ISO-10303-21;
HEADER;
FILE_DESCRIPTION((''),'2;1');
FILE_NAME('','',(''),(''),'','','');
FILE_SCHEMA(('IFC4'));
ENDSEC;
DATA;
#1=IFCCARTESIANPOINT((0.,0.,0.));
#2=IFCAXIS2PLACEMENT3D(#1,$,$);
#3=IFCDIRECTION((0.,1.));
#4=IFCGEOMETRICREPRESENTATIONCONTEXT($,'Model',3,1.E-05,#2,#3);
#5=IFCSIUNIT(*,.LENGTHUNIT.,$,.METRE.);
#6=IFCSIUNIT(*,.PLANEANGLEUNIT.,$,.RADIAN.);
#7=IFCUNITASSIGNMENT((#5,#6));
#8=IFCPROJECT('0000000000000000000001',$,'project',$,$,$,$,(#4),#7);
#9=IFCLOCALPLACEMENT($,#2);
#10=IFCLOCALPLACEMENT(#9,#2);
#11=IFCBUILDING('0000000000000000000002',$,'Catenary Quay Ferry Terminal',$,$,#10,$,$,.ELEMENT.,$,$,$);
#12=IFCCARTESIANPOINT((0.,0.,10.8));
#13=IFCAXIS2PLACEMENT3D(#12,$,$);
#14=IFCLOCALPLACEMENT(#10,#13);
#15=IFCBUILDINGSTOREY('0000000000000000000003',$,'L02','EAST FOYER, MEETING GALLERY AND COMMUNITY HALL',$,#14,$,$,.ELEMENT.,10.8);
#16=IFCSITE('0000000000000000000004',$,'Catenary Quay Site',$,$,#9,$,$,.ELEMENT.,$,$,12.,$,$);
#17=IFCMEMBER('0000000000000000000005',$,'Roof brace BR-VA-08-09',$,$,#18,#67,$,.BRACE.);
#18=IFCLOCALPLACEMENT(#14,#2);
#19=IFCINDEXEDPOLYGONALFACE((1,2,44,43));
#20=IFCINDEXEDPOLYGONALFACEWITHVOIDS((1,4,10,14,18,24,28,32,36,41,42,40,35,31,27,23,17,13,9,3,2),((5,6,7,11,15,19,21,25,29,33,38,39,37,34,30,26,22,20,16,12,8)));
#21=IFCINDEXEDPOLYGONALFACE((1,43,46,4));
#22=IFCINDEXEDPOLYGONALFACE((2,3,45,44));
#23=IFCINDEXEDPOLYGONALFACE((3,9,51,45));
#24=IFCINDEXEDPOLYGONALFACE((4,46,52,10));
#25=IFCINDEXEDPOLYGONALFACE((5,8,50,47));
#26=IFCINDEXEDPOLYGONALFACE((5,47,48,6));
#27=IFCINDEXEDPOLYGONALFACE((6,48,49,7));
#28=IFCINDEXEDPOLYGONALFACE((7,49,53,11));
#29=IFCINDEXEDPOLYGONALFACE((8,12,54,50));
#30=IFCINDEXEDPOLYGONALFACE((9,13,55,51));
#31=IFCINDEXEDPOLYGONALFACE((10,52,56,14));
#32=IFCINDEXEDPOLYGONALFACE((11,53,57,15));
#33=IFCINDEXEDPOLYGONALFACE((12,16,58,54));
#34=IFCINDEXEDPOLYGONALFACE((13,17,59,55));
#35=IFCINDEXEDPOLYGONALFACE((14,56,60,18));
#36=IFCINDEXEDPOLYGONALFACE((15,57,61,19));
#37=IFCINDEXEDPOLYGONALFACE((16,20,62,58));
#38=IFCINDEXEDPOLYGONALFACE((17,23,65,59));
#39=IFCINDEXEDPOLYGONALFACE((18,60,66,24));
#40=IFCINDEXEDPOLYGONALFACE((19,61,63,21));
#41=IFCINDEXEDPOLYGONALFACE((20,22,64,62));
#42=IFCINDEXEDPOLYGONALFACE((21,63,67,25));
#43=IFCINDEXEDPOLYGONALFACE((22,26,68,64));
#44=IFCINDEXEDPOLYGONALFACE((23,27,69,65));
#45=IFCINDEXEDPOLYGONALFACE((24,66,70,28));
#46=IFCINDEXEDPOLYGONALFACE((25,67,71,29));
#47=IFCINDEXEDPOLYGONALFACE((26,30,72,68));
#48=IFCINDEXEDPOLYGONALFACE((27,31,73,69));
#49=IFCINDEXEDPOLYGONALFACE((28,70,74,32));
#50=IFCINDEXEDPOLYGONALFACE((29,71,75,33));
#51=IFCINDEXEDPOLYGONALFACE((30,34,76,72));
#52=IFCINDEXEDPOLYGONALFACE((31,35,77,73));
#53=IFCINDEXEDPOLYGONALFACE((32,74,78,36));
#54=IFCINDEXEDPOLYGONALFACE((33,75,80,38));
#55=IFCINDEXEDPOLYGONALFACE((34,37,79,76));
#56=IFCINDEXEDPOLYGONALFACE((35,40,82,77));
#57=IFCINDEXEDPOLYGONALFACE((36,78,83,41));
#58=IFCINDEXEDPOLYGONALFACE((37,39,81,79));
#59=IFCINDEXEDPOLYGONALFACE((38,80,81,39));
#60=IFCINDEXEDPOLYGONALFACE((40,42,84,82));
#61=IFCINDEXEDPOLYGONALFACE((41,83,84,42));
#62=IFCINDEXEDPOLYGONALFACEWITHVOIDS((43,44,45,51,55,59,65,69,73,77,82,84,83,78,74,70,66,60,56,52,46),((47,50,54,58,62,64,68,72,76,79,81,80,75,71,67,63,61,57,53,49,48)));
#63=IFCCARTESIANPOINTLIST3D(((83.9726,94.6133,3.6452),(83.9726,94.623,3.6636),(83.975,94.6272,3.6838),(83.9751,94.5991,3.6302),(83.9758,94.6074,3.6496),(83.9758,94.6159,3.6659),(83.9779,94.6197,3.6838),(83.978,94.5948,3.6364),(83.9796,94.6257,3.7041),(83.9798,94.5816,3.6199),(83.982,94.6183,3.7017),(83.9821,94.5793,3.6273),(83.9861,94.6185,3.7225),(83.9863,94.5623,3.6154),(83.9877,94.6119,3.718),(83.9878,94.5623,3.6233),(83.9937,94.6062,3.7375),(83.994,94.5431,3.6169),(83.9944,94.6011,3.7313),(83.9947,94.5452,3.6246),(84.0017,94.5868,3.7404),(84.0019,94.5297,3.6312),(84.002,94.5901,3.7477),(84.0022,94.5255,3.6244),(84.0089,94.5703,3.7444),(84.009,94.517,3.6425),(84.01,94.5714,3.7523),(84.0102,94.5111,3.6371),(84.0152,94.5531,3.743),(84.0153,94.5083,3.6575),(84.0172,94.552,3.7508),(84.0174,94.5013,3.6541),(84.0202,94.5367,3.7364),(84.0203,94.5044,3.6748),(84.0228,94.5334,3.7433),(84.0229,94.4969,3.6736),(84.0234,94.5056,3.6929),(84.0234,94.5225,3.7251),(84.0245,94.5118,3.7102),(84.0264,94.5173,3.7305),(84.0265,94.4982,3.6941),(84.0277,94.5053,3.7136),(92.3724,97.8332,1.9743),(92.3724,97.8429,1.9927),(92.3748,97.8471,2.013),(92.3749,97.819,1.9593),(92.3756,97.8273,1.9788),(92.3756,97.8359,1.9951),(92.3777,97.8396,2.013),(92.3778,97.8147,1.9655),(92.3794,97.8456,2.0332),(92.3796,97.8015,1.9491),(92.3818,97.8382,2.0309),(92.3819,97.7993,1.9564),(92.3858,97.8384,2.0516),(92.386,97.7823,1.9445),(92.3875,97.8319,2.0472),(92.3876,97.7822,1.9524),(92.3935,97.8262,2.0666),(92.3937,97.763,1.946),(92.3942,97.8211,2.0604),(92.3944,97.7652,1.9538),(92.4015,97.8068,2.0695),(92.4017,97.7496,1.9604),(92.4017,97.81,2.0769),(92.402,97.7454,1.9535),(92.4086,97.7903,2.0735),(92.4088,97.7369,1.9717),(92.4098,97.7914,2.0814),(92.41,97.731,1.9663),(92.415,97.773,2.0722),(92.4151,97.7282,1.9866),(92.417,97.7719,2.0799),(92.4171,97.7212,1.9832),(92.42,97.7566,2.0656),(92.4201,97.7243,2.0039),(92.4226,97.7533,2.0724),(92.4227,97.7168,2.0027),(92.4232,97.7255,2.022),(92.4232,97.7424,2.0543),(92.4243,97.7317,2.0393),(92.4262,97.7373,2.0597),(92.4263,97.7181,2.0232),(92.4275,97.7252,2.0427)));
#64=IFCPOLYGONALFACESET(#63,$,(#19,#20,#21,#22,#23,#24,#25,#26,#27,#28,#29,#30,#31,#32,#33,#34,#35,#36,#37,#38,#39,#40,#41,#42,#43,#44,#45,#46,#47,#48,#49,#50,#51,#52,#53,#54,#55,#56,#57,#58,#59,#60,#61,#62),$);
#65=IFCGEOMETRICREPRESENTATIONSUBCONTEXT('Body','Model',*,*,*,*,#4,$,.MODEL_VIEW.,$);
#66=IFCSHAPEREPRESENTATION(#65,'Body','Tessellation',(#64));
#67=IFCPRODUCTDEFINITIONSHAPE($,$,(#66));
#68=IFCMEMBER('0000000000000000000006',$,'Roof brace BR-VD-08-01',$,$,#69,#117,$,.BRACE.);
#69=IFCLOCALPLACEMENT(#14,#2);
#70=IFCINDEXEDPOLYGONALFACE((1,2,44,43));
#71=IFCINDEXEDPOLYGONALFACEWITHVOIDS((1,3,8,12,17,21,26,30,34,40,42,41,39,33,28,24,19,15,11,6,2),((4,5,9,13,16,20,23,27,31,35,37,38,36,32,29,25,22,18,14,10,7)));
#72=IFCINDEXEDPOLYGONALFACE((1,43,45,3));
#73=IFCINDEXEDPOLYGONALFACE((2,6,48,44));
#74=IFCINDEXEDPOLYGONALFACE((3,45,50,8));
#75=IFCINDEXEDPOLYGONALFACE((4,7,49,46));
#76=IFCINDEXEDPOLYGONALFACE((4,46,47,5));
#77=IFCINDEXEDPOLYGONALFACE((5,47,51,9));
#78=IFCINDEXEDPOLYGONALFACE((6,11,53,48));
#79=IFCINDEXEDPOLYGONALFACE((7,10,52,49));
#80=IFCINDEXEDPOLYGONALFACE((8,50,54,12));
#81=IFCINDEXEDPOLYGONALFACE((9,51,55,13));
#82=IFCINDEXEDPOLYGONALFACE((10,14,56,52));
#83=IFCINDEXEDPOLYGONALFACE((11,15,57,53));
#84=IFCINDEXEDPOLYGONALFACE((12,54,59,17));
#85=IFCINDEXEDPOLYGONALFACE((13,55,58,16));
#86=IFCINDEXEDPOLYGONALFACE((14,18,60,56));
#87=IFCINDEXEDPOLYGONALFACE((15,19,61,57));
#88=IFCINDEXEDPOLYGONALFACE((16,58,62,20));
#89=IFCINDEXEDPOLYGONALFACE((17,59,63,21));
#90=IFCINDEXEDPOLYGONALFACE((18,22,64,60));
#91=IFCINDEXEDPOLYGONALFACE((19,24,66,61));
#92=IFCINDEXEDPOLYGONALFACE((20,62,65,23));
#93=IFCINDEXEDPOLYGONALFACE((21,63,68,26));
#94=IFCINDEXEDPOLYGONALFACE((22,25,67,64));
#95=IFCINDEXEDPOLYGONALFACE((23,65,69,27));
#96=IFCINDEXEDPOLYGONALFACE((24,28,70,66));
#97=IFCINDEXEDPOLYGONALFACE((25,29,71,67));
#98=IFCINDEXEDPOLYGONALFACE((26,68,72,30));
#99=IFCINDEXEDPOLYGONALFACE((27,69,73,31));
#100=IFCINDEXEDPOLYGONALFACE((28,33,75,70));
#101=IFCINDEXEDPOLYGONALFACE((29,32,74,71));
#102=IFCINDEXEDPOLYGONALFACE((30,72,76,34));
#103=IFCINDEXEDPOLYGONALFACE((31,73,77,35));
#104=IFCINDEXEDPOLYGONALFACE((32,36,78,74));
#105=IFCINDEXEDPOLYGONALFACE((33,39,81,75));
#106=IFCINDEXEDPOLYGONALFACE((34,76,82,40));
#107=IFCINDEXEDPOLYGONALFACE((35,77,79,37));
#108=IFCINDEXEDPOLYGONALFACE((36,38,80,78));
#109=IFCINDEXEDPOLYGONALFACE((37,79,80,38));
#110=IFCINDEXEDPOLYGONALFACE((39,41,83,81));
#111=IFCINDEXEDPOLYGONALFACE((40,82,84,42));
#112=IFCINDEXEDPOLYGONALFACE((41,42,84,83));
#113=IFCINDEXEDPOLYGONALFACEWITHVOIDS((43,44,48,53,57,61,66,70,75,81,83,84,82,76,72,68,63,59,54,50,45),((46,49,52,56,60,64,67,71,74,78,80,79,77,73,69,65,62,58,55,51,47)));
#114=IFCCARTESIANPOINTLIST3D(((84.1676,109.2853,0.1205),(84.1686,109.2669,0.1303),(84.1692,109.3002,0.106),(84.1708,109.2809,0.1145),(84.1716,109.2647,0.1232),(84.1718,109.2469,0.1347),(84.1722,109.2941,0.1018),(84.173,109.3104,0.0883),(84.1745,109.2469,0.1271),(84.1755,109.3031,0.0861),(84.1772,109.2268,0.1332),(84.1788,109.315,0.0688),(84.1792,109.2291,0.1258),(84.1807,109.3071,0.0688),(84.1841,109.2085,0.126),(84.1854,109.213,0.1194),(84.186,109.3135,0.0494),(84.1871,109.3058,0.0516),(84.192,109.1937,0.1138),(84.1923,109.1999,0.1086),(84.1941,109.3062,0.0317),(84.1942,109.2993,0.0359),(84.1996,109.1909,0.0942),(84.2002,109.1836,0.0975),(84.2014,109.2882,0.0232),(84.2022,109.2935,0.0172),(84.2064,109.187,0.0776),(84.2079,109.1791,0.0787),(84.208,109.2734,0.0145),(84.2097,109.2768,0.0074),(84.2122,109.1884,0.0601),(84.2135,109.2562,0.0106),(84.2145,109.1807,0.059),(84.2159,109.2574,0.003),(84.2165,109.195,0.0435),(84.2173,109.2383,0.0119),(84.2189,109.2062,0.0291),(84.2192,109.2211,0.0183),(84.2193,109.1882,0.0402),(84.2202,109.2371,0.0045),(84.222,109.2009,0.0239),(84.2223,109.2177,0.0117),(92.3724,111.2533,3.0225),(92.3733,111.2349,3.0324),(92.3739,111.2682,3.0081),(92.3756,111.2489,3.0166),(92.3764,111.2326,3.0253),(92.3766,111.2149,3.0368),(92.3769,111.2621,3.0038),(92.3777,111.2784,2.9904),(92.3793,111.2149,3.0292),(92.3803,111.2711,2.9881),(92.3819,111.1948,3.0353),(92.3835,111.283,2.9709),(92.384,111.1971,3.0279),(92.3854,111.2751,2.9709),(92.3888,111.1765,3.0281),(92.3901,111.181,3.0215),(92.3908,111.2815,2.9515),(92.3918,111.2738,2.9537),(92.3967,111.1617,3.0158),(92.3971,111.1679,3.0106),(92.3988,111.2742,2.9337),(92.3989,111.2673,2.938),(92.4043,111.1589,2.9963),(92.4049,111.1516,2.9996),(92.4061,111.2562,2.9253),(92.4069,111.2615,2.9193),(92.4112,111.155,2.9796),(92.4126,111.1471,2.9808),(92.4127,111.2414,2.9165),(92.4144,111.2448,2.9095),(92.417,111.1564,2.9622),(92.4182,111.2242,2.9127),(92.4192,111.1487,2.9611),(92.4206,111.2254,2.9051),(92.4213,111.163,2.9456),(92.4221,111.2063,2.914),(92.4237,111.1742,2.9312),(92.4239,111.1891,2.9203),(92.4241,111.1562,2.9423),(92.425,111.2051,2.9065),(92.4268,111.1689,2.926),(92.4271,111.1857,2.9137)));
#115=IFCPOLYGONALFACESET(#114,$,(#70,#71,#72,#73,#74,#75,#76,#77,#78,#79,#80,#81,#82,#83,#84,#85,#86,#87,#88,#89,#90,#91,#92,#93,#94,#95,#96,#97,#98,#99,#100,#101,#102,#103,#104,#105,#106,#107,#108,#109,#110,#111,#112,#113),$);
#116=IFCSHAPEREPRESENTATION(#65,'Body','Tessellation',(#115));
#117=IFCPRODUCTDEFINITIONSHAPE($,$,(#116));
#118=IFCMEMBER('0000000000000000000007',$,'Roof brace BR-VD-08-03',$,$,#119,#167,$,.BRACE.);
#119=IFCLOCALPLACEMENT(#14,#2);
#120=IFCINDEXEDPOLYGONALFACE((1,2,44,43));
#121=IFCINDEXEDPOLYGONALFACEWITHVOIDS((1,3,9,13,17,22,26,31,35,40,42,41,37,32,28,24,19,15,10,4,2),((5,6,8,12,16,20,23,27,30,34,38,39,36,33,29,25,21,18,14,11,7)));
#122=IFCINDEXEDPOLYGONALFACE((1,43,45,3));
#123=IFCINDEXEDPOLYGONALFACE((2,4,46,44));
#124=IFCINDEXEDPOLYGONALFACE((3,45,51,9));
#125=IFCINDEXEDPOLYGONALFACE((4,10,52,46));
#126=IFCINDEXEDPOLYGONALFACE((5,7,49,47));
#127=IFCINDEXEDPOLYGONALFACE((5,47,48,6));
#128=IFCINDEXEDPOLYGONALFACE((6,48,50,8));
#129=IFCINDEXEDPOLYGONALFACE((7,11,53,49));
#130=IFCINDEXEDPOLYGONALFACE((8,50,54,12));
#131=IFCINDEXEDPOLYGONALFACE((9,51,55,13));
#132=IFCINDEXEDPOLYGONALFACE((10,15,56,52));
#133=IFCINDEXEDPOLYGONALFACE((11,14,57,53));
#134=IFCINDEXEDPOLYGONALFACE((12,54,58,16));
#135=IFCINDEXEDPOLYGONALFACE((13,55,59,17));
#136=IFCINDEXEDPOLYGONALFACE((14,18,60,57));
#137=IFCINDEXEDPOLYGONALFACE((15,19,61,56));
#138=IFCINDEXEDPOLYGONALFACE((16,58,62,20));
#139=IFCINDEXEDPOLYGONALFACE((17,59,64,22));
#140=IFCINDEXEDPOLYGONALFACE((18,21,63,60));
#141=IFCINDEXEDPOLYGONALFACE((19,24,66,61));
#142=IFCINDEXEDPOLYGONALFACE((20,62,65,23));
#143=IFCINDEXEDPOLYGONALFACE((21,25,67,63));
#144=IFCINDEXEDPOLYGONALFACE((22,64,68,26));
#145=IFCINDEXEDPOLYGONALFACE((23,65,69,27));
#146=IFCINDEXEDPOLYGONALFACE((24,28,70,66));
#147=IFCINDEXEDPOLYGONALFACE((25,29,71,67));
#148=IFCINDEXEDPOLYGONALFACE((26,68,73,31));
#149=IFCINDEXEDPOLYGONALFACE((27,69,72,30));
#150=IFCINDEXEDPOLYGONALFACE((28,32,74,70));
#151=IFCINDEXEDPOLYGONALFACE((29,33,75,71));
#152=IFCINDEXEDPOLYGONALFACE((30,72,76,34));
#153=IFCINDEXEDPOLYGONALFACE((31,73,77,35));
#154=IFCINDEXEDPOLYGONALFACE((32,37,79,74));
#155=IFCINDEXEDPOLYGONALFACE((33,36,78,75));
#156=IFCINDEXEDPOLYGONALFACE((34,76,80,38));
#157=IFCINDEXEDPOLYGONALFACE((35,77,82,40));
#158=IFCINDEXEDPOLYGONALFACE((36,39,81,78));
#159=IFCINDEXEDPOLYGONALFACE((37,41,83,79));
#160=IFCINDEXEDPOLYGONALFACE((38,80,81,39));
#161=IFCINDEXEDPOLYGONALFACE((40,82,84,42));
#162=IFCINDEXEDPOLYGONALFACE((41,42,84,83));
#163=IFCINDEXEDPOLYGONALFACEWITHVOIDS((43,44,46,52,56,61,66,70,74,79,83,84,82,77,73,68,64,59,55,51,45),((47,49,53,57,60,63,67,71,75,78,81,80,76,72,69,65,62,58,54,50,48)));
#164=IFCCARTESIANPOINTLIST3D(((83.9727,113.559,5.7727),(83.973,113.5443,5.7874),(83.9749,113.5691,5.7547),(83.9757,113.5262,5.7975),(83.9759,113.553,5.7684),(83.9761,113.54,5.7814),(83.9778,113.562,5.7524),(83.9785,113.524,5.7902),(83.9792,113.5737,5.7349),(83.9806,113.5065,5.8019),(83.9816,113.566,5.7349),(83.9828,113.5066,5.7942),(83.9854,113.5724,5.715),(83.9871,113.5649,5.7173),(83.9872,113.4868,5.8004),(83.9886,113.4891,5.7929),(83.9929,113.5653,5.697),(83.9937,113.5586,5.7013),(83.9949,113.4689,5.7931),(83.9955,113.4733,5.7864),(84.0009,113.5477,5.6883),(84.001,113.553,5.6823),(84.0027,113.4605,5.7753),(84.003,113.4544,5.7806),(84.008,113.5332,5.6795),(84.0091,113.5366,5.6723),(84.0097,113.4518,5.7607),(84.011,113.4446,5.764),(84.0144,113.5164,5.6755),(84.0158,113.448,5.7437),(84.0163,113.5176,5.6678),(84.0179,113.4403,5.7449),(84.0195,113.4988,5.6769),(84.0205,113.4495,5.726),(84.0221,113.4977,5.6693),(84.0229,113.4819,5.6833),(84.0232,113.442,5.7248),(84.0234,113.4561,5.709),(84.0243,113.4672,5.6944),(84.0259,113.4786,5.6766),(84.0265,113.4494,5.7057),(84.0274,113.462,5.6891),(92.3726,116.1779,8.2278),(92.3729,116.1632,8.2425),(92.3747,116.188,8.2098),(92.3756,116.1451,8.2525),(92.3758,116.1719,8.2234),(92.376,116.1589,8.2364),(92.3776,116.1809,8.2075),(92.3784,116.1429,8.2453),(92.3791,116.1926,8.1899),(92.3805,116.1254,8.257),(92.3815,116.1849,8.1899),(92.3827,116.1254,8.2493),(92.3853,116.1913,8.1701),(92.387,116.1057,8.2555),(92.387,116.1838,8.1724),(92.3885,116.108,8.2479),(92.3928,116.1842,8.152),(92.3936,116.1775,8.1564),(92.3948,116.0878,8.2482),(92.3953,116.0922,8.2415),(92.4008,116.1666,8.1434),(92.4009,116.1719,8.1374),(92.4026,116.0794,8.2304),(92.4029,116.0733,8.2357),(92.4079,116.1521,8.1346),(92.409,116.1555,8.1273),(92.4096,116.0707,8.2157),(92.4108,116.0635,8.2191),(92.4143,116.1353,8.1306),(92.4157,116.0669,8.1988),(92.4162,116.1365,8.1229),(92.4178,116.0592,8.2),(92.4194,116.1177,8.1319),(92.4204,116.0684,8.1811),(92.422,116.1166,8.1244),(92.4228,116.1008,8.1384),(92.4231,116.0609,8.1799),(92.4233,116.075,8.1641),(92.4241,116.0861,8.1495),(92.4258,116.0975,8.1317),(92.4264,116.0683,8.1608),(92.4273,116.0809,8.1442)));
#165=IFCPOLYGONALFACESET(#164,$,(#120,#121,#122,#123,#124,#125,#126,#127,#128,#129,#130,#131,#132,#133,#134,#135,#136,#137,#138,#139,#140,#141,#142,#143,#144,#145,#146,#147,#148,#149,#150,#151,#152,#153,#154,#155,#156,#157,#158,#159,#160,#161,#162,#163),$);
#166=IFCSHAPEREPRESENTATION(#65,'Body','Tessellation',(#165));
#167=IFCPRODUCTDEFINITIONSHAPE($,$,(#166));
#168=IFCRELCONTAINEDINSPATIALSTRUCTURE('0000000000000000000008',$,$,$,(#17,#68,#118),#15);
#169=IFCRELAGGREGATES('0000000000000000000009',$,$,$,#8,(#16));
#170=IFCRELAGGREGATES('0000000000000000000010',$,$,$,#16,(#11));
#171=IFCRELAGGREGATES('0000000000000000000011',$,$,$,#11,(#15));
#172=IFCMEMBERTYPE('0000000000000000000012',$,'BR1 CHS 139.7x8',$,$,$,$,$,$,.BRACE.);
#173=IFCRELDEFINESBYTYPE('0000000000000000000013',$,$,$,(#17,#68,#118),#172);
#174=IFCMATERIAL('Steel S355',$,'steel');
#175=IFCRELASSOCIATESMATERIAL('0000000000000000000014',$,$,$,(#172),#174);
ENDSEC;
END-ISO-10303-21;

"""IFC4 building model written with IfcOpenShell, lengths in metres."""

from ifc_helpers import new_model, si_unit, direction, frame, origin, origin_2d, place, context, subcontext, project, spatial, hollow_circle, extrude, material, material_profile, profile_set, type_object, element, save


model = new_model("IFC4")

# Units and contexts
model_context = context("Model", 3, precision=1e-05, world=origin(), true_north=direction((0.0, 1.0)))
body_context = subcontext(model_context, "Body", "Model", "MODEL_VIEW")
ifc_project = project(units=[si_unit("LENGTHUNIT", "METRE"), si_unit("PLANEANGLEUNIT", "RADIAN")], contexts=[model_context])

# Site, building, storey
site_placement = place(None, origin())
site = spatial("IfcSite", under=ifc_project, at=site_placement, Name="Catenary Quay Site", CompositionType="ELEMENT", RefElevation=12.0)
building_placement = place(site_placement, origin())
building = spatial("IfcBuilding", under=site, at=building_placement, Name="Catenary Quay Ferry Terminal", CompositionType="ELEMENT")
storey_placement = place(building_placement, frame((0.0, 0.0, 10.8)))
storey = spatial("IfcBuildingStorey", under=building, at=storey_placement, Name="L02", Description="EAST FOYER, MEETING GALLERY AND COMMUNITY HALL", CompositionType="ELEMENT", Elevation=10.8)

# Members
ifc_material_1 = material(Name="Steel S355", Category="steel")
ifc_material_profile_1 = material_profile(ifc_material_1, hollow_circle(Radius=0.0698, WallThickness=0.0081, at=origin_2d()), Name="CHS 139.7x8")
ifc_profile_set_1 = profile_set([ifc_material_profile_1], Name="Steel S355")
member_type_1 = type_object("IfcMemberType", Name="BR1 CHS 139.7x8", PredefinedType="BRACE", material=ifc_profile_set_1)
member_1_placement = place(storey_placement, frame((84.0, 94.562, 3.6838), z_axis=(0.918044, 0.351918, -0.182616), x_axis=(-0.357937, 0.933746, 0.0)))
element("IfcMember", 1, at=member_1_placement, inside=storey, type_object=member_type_1, Name="Roof brace BR-VA-08-09", PredefinedType="BRACE", context=body_context, shape_type="SweptSolid", body=[
    extrude(hollow_circle(Radius=0.0698, WallThickness=0.0081, at=origin_2d()), origin(), (0.0, 0.0, 1.0), 9.1497),
])
member_2_placement = place(storey_placement, frame((84.1951, 109.2471, 0.0688), z_axis=(0.919546, 0.220563, 0.325249), x_axis=(-0.233245, 0.972418, 0.0)))
element("IfcMember", 2, at=member_2_placement, inside=storey, type_object=member_type_1, Name="Roof brace BR-VD-08-01", PredefinedType="BRACE", context=body_context, shape_type="SweptSolid", body=[
    extrude(hollow_circle(Radius=0.0698, WallThickness=0.0081, at=origin_2d()), origin(), (0.0, 0.0, 1.0), 8.9226),
])
member_3_placement = place(storey_placement, frame((84.0, 113.5071, 5.7349), z_axis=(0.919551, 0.286695, 0.268761), x_axis=(-0.297646, 0.954676, 0.0)))
element("IfcMember", 3, at=member_3_placement, inside=storey, type_object=member_type_1, Name="Roof brace BR-VD-08-03", PredefinedType="BRACE", context=body_context, shape_type="SweptSolid", body=[
    extrude(hollow_circle(Radius=0.0698, WallThickness=0.0081, at=origin_2d()), origin(), (0.0, 0.0, 1.0), 9.1348),
])

save(model, "model.ifc")
